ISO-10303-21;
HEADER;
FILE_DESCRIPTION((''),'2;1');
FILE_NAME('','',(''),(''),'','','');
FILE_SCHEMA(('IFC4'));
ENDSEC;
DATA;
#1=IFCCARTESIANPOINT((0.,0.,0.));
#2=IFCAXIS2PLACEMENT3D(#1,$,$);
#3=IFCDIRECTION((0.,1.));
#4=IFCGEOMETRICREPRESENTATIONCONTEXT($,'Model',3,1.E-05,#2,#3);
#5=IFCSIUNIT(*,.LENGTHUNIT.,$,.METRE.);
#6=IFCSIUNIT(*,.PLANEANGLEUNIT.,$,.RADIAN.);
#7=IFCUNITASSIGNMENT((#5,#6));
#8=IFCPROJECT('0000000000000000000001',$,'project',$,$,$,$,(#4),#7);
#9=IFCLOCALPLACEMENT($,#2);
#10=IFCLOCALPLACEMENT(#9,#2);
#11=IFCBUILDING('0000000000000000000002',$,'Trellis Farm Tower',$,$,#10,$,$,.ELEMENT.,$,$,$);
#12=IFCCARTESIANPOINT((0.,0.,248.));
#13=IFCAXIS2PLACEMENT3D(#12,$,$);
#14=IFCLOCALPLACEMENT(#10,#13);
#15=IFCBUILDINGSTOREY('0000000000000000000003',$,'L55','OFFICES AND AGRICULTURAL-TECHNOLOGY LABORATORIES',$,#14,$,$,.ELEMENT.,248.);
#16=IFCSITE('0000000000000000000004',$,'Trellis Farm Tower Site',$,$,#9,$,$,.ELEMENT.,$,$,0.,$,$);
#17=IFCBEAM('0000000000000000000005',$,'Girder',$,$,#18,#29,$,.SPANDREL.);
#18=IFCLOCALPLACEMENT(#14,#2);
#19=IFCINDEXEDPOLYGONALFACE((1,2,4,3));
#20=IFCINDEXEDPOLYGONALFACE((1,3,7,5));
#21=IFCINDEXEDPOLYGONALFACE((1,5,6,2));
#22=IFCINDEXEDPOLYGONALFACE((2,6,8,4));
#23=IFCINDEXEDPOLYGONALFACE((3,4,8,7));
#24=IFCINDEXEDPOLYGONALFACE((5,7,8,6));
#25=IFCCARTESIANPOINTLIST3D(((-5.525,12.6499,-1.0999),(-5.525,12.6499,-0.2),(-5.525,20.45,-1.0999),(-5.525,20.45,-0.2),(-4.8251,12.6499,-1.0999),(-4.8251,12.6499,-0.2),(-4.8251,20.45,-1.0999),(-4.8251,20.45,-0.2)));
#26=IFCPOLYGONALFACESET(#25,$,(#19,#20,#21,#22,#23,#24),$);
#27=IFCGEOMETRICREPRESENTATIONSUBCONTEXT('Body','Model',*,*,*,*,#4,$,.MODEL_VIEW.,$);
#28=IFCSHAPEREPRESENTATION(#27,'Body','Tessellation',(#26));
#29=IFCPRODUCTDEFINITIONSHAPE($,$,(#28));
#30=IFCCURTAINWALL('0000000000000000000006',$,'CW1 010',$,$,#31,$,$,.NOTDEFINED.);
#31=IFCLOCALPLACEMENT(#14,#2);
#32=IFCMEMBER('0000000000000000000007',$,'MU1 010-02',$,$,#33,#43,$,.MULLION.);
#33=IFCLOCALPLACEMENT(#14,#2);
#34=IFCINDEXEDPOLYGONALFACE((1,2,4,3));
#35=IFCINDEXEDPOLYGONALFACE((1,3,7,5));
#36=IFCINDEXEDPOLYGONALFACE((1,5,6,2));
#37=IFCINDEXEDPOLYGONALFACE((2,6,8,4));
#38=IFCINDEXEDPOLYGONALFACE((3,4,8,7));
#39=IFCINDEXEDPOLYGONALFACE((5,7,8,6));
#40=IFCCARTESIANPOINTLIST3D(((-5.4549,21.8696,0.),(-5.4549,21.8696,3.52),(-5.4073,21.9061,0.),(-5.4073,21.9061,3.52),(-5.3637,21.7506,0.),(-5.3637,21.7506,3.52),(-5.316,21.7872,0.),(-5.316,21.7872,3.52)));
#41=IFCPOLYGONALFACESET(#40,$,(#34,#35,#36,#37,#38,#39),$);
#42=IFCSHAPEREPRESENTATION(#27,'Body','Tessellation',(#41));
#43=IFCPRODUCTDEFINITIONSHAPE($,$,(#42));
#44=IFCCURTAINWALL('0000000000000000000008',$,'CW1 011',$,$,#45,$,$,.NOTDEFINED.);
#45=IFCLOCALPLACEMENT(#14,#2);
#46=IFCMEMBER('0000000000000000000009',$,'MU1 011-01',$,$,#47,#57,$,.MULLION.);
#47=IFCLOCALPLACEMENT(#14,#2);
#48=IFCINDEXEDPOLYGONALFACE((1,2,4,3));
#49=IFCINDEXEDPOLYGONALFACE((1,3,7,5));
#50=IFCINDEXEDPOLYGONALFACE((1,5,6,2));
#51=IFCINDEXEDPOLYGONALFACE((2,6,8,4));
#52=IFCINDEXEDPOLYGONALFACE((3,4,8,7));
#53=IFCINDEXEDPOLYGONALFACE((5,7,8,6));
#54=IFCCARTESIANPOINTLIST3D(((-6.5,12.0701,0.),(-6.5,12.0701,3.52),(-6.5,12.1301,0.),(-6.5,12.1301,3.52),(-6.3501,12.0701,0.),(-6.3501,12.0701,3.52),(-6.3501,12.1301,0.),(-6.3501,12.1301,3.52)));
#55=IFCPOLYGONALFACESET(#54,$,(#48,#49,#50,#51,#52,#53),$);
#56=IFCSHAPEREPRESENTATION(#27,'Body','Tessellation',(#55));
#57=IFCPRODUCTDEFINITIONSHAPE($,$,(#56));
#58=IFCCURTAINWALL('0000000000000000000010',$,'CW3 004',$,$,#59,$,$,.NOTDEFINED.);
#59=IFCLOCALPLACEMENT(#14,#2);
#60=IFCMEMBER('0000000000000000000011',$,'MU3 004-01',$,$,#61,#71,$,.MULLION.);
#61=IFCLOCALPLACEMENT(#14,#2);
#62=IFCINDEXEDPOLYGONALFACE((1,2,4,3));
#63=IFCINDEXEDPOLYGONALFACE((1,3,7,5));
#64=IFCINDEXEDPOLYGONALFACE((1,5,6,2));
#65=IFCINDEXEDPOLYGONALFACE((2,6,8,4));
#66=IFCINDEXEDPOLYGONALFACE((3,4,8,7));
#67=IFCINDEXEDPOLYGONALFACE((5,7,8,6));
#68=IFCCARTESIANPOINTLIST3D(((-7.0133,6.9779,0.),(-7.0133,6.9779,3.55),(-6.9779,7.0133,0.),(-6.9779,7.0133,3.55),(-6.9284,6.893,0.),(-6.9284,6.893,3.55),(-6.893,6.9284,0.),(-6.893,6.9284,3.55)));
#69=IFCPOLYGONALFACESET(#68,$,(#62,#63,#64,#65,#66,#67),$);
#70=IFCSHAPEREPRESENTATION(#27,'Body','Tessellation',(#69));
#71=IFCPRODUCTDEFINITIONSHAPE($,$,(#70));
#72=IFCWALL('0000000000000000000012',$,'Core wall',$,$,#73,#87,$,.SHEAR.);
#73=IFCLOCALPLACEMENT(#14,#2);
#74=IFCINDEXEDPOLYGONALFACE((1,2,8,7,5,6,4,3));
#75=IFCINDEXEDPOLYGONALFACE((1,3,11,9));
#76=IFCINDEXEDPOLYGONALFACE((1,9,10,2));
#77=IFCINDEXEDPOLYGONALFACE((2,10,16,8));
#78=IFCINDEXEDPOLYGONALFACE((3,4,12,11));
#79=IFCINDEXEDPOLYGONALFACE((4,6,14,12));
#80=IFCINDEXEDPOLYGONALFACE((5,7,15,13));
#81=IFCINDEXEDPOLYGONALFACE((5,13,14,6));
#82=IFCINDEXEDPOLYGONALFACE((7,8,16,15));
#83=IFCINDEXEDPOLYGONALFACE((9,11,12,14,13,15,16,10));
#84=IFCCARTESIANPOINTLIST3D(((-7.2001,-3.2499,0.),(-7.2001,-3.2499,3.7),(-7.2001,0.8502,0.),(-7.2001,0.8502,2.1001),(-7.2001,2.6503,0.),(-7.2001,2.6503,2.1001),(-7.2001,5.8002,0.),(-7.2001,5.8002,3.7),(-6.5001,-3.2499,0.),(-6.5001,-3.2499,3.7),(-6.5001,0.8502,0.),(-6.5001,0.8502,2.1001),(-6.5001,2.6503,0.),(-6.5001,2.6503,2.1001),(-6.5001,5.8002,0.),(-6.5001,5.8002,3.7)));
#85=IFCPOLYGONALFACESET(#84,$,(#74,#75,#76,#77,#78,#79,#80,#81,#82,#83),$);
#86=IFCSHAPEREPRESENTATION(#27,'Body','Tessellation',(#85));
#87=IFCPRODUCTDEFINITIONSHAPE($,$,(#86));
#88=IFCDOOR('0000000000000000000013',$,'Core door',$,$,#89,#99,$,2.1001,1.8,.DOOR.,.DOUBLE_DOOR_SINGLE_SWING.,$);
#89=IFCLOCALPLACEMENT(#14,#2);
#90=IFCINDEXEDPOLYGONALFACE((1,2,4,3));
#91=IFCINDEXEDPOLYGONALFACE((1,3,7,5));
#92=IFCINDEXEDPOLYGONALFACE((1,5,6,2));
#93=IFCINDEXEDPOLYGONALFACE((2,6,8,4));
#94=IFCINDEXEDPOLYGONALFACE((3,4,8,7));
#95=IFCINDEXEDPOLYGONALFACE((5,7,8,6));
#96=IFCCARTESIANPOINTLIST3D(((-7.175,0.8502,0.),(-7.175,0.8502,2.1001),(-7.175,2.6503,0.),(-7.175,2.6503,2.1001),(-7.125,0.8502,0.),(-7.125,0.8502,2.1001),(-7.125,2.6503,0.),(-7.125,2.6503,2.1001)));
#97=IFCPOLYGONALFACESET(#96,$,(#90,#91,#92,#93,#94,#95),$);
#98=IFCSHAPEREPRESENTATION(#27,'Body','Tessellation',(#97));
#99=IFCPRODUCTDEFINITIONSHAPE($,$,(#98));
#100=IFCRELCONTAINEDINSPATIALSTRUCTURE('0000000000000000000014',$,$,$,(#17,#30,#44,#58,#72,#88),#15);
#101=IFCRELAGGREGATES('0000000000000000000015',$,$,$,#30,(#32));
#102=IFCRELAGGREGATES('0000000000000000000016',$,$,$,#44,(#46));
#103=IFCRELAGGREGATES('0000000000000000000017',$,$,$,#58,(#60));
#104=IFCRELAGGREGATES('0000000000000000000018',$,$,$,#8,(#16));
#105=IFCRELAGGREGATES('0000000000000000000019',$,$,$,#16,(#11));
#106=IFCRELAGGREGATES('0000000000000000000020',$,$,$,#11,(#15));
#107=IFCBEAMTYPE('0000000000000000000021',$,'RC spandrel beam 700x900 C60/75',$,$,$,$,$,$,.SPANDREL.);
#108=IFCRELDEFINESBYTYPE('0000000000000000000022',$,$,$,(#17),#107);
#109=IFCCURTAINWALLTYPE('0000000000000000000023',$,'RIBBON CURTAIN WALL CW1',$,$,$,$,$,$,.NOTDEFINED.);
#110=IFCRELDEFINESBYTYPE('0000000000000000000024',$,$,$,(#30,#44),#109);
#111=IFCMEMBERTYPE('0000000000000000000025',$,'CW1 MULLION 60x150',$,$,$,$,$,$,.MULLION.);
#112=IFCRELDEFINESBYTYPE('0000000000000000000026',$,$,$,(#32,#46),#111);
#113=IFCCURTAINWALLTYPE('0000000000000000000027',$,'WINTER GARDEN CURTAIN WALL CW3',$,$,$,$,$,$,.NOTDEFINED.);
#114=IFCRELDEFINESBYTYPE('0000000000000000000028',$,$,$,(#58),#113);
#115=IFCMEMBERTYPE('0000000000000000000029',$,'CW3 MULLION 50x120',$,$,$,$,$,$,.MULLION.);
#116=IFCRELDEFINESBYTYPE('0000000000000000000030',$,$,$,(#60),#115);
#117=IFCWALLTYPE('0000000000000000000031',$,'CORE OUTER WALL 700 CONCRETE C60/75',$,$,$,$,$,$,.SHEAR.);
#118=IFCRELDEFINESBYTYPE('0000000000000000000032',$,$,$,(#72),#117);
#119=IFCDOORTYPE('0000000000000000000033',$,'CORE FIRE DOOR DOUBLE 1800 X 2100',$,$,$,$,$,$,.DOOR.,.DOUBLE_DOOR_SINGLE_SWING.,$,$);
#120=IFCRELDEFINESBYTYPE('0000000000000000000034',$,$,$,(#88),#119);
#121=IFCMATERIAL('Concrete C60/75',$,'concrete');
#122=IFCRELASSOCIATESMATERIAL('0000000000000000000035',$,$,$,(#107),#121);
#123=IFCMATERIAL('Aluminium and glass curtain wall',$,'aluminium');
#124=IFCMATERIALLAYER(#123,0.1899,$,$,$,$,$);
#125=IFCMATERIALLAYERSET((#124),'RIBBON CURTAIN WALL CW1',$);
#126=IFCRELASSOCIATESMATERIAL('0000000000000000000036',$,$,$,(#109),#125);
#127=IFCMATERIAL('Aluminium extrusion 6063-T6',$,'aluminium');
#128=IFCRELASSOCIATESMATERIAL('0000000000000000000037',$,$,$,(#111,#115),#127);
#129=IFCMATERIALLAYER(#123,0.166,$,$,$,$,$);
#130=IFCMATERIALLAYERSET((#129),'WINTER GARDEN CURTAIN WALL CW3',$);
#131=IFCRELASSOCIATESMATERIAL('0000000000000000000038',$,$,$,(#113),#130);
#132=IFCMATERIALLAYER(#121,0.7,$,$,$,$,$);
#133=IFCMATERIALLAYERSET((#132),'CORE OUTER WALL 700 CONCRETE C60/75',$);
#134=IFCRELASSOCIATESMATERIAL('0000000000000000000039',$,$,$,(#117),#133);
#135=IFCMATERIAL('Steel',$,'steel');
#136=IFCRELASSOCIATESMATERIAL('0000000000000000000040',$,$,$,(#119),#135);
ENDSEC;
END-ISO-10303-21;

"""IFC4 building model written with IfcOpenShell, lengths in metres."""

from ifc_helpers import new_model, si_unit, direction, frame, frame_2d, origin, origin_2d, place, context, subcontext, project, spatial, rectangle, extrude, source, transform, mapped, material, layer, layer_set, material_profile, profile_set, type_object, element, fill, aggregate, save


model = new_model("IFC4")

# Units and contexts
model_context = context("Model", 3, precision=1e-05, world=origin(), true_north=direction((0.0, 1.0)))
body_context = subcontext(model_context, "Body", "Model", "MODEL_VIEW")
ifc_project = project(units=[si_unit("LENGTHUNIT", "METRE"), si_unit("PLANEANGLEUNIT", "RADIAN")], contexts=[model_context])

# Site, building, storey
site_placement = place(None, origin())
site = spatial("IfcSite", under=ifc_project, at=site_placement, Name="Trellis Farm Tower Site", CompositionType="ELEMENT", RefElevation=0.0)
building_placement = place(site_placement, origin())
building = spatial("IfcBuilding", under=site, at=building_placement, Name="Trellis Farm Tower", CompositionType="ELEMENT")
storey_placement = place(building_placement, frame((0.0, 0.0, 248.0)))
storey = spatial("IfcBuildingStorey", under=building, at=storey_placement, Name="L55", Description="OFFICES AND AGRICULTURAL-TECHNOLOGY LABORATORIES", CompositionType="ELEMENT", Elevation=248.0)

# Shared definitions
ifc_material_1 = material(Name="Concrete C60/75", Category="concrete")

# Beam
ifc_material_profile_1 = material_profile(ifc_material_1, rectangle(XDim=0.7, YDim=0.8999, at=origin_2d()), Name="RC spandrel beam 700x900 C60/75")
ifc_profile_set_1 = profile_set([ifc_material_profile_1], Name="Concrete C60/75")
beam_type_1 = type_object("IfcBeamType", Name="RC spandrel beam 700x900 C60/75", PredefinedType="SPANDREL", material=ifc_profile_set_1)
shared_shape_1 = source(origin(), body_context, "Body", "SweptSolid", [
    extrude(rectangle(XDim=0.7, YDim=0.8999, at=origin_2d()), origin(), (0.0, 0.0, 1.0), 7.8),
])
beam_1_placement = place(storey_placement, frame((-5.175, 12.6499, -0.6499), z_axis=(0.0, 1.0, 0.0), x_axis=(-1.0, 0.0, 0.0)))
element("IfcBeam", 1, at=beam_1_placement, inside=storey, type_object=beam_type_1, Name="Girder", PredefinedType="SPANDREL", context=body_context, shape_type="MappedRepresentation", body=[
    mapped(shared_shape_1, transform((0.0, 0.0, 0.0))),
])

# Curtain walls, members
ifc_material_2 = material(Name="Aluminium and glass curtain wall", Category="aluminium")
ifc_layer_1 = layer(ifc_material_2, 0.1899)
ifc_layer_set_1 = layer_set([ifc_layer_1], Name="RIBBON CURTAIN WALL CW1")
curtain_wall_type_1 = type_object("IfcCurtainWallType", Name="RIBBON CURTAIN WALL CW1", PredefinedType="NOTDEFINED", material=ifc_layer_set_1)
placement = place(storey_placement, origin())
curtain_wall_1 = element("IfcCurtainWall", 2, at=placement, inside=storey, type_object=curtain_wall_type_1, Name="CW1 010", PredefinedType="NOTDEFINED")
ifc_material_3 = material(Name="Aluminium extrusion 6063-T6", Category="aluminium")
ifc_material_profile_2 = material_profile(ifc_material_3, rectangle(XDim=0.0601, YDim=0.1499, at=origin_2d()), Name="MULLION 60x150")
ifc_profile_set_2 = profile_set([ifc_material_profile_2], Name="Aluminium extrusion 6063-T6")
member_type_1 = type_object("IfcMemberType", Name="CW1 MULLION 60x150", PredefinedType="MULLION", material=ifc_profile_set_2)
shared_shape_2 = source(origin(), body_context, "Body", "SweptSolid", [
    extrude(rectangle(XDim=0.0601, YDim=0.1499, at=origin_2d()), origin(), (0.0, 0.0, 1.0), 3.52),
])
member_1_placement = place(storey_placement, frame((-5.3855, 21.8284, 0.0), z_axis=(0.0, 0.0, 1.0), x_axis=(-0.793353, -0.608761, 0.0)))
member_1 = element("IfcMember", 3, at=member_1_placement, type_object=member_type_1, Name="MU1 010-02", PredefinedType="MULLION", context=body_context, shape_type="MappedRepresentation", body=[
    mapped(shared_shape_2, transform((0.0, 0.0, 0.0))),
])
aggregate(curtain_wall_1, [member_1])
curtain_wall_2 = element("IfcCurtainWall", 4, at=placement, inside=storey, type_object=curtain_wall_type_1, Name="CW1 011", PredefinedType="NOTDEFINED")
member_2_placement = place(storey_placement, frame((-6.425, 12.1001, 0.0), z_axis=(0.0, 0.0, 1.0), x_axis=(0.0, -1.0, 0.0)))
member_2 = element("IfcMember", 5, at=member_2_placement, type_object=member_type_1, Name="MU1 011-01", PredefinedType="MULLION", context=body_context, shape_type="MappedRepresentation", body=[
    mapped(shared_shape_2, transform((0.0, 0.0, 0.0))),
])
aggregate(curtain_wall_2, [member_2])
ifc_layer_2 = layer(ifc_material_2, 0.166)
ifc_layer_set_2 = layer_set([ifc_layer_2], Name="WINTER GARDEN CURTAIN WALL CW3")
curtain_wall_type_2 = type_object("IfcCurtainWallType", Name="WINTER GARDEN CURTAIN WALL CW3", PredefinedType="NOTDEFINED", material=ifc_layer_set_2)
curtain_wall_3 = element("IfcCurtainWall", 6, at=placement, inside=storey, type_object=curtain_wall_type_2, Name="CW3 004", PredefinedType="NOTDEFINED")
ifc_material_profile_3 = material_profile(ifc_material_3, rectangle(XDim=0.05, YDim=0.1201, at=origin_2d()), Name="MULLION 50x120")
ifc_profile_set_3 = profile_set([ifc_material_profile_3], Name="Aluminium extrusion 6063-T6")
member_type_2 = type_object("IfcMemberType", Name="CW3 MULLION 50x120", PredefinedType="MULLION", material=ifc_profile_set_3)
shared_shape_3 = source(origin(), body_context, "Body", "SweptSolid", [
    extrude(rectangle(XDim=0.05, YDim=0.1201, at=origin_2d()), origin(), (0.0, 0.0, 1.0), 3.55),
])
member_3_placement = place(storey_placement, frame((-6.9531, 6.9531, 0.0), z_axis=(0.0, 0.0, 1.0), x_axis=(-0.707107, -0.707107, 0.0)))
member_3 = element("IfcMember", 7, at=member_3_placement, type_object=member_type_2, Name="MU3 004-01", PredefinedType="MULLION", context=body_context, shape_type="MappedRepresentation", body=[
    mapped(shared_shape_3, transform((0.0, 0.0, 0.0))),
])
aggregate(curtain_wall_3, [member_3])

# Wall, opening, door
ifc_layer_3 = layer(ifc_material_1, 0.7)
ifc_layer_set_3 = layer_set([ifc_layer_3], Name="CORE OUTER WALL 700 CONCRETE C60/75")
wall_type_1 = type_object("IfcWallType", Name="CORE OUTER WALL 700 CONCRETE C60/75", PredefinedType="SHEAR", material=ifc_layer_set_3)
shared_shape_4 = source(origin(), body_context, "Body", "SweptSolid", [
    extrude(rectangle(XDim=9.05, YDim=0.7, at=frame_2d((4.5249, 0.0))), origin(), (0.0, 0.0, 1.0), 3.7),
])
wall_1_placement = place(storey_placement, frame((-6.8501, 5.8, 0.0), z_axis=(0.0, 0.0, 1.0), x_axis=(0.0, -1.0, 0.0)))
wall_1 = element("IfcWall", 8, at=wall_1_placement, inside=storey, type_object=wall_type_1, Name="Core wall", PredefinedType="SHEAR", context=body_context, shape_type="MappedRepresentation", body=[
    mapped(shared_shape_4, transform((0.0, 0.0, 0.0))),
])
shared_shape_5 = source(origin(), body_context, "Body", "SweptSolid", [
    extrude(rectangle(XDim=1.8, YDim=2.1001, at=frame_2d((0.8999, 1.05))), frame((0.0, 0.3601, 0.0), z_axis=(0.0, -1.0, 0.0), x_axis=(1.0, 0.0, 0.0)), (0.0, 0.0, 1.0), 0.7202),
])
opening_1_placement = place(wall_1_placement, frame((3.1499, 0.0, 0.0)))
opening_1 = element("IfcOpeningElement", 9, at=opening_1_placement, cuts=wall_1, PredefinedType="OPENING", context=body_context, shape_type="MappedRepresentation", body=[
    mapped(shared_shape_5, transform((0.0, 0.0, 0.0))),
])
ifc_material_4 = material(Name="Steel", Category="steel")
door_type_1 = type_object("IfcDoorType", Name="CORE FIRE DOOR DOUBLE 1800 X 2100", OperationType="DOUBLE_DOOR_SINGLE_SWING", PredefinedType="DOOR", material=ifc_material_4)
shared_shape_6 = source(origin(), body_context, "Body", "SweptSolid", [
    extrude(rectangle(XDim=1.8, YDim=2.1001, at=frame_2d((0.8999, 1.05))), frame((0.0, -0.2749, 0.0), z_axis=(0.0, -1.0, 0.0), x_axis=(1.0, 0.0, 0.0)), (0.0, 0.0, 1.0), 0.05),
])
door_1_placement = place(opening_1_placement, origin())
door_1 = element("IfcDoor", 10, at=door_1_placement, inside=storey, type_object=door_type_1, Name="Core door", OperationType="DOUBLE_DOOR_SINGLE_SWING", OverallHeight=2.1001, OverallWidth=1.8, PredefinedType="DOOR", context=body_context, shape_type="MappedRepresentation", body=[
    mapped(shared_shape_6, transform((0.0, 0.0, 0.0))),
])
fill(opening_1, door_1)

save(model, "model.ifc")
